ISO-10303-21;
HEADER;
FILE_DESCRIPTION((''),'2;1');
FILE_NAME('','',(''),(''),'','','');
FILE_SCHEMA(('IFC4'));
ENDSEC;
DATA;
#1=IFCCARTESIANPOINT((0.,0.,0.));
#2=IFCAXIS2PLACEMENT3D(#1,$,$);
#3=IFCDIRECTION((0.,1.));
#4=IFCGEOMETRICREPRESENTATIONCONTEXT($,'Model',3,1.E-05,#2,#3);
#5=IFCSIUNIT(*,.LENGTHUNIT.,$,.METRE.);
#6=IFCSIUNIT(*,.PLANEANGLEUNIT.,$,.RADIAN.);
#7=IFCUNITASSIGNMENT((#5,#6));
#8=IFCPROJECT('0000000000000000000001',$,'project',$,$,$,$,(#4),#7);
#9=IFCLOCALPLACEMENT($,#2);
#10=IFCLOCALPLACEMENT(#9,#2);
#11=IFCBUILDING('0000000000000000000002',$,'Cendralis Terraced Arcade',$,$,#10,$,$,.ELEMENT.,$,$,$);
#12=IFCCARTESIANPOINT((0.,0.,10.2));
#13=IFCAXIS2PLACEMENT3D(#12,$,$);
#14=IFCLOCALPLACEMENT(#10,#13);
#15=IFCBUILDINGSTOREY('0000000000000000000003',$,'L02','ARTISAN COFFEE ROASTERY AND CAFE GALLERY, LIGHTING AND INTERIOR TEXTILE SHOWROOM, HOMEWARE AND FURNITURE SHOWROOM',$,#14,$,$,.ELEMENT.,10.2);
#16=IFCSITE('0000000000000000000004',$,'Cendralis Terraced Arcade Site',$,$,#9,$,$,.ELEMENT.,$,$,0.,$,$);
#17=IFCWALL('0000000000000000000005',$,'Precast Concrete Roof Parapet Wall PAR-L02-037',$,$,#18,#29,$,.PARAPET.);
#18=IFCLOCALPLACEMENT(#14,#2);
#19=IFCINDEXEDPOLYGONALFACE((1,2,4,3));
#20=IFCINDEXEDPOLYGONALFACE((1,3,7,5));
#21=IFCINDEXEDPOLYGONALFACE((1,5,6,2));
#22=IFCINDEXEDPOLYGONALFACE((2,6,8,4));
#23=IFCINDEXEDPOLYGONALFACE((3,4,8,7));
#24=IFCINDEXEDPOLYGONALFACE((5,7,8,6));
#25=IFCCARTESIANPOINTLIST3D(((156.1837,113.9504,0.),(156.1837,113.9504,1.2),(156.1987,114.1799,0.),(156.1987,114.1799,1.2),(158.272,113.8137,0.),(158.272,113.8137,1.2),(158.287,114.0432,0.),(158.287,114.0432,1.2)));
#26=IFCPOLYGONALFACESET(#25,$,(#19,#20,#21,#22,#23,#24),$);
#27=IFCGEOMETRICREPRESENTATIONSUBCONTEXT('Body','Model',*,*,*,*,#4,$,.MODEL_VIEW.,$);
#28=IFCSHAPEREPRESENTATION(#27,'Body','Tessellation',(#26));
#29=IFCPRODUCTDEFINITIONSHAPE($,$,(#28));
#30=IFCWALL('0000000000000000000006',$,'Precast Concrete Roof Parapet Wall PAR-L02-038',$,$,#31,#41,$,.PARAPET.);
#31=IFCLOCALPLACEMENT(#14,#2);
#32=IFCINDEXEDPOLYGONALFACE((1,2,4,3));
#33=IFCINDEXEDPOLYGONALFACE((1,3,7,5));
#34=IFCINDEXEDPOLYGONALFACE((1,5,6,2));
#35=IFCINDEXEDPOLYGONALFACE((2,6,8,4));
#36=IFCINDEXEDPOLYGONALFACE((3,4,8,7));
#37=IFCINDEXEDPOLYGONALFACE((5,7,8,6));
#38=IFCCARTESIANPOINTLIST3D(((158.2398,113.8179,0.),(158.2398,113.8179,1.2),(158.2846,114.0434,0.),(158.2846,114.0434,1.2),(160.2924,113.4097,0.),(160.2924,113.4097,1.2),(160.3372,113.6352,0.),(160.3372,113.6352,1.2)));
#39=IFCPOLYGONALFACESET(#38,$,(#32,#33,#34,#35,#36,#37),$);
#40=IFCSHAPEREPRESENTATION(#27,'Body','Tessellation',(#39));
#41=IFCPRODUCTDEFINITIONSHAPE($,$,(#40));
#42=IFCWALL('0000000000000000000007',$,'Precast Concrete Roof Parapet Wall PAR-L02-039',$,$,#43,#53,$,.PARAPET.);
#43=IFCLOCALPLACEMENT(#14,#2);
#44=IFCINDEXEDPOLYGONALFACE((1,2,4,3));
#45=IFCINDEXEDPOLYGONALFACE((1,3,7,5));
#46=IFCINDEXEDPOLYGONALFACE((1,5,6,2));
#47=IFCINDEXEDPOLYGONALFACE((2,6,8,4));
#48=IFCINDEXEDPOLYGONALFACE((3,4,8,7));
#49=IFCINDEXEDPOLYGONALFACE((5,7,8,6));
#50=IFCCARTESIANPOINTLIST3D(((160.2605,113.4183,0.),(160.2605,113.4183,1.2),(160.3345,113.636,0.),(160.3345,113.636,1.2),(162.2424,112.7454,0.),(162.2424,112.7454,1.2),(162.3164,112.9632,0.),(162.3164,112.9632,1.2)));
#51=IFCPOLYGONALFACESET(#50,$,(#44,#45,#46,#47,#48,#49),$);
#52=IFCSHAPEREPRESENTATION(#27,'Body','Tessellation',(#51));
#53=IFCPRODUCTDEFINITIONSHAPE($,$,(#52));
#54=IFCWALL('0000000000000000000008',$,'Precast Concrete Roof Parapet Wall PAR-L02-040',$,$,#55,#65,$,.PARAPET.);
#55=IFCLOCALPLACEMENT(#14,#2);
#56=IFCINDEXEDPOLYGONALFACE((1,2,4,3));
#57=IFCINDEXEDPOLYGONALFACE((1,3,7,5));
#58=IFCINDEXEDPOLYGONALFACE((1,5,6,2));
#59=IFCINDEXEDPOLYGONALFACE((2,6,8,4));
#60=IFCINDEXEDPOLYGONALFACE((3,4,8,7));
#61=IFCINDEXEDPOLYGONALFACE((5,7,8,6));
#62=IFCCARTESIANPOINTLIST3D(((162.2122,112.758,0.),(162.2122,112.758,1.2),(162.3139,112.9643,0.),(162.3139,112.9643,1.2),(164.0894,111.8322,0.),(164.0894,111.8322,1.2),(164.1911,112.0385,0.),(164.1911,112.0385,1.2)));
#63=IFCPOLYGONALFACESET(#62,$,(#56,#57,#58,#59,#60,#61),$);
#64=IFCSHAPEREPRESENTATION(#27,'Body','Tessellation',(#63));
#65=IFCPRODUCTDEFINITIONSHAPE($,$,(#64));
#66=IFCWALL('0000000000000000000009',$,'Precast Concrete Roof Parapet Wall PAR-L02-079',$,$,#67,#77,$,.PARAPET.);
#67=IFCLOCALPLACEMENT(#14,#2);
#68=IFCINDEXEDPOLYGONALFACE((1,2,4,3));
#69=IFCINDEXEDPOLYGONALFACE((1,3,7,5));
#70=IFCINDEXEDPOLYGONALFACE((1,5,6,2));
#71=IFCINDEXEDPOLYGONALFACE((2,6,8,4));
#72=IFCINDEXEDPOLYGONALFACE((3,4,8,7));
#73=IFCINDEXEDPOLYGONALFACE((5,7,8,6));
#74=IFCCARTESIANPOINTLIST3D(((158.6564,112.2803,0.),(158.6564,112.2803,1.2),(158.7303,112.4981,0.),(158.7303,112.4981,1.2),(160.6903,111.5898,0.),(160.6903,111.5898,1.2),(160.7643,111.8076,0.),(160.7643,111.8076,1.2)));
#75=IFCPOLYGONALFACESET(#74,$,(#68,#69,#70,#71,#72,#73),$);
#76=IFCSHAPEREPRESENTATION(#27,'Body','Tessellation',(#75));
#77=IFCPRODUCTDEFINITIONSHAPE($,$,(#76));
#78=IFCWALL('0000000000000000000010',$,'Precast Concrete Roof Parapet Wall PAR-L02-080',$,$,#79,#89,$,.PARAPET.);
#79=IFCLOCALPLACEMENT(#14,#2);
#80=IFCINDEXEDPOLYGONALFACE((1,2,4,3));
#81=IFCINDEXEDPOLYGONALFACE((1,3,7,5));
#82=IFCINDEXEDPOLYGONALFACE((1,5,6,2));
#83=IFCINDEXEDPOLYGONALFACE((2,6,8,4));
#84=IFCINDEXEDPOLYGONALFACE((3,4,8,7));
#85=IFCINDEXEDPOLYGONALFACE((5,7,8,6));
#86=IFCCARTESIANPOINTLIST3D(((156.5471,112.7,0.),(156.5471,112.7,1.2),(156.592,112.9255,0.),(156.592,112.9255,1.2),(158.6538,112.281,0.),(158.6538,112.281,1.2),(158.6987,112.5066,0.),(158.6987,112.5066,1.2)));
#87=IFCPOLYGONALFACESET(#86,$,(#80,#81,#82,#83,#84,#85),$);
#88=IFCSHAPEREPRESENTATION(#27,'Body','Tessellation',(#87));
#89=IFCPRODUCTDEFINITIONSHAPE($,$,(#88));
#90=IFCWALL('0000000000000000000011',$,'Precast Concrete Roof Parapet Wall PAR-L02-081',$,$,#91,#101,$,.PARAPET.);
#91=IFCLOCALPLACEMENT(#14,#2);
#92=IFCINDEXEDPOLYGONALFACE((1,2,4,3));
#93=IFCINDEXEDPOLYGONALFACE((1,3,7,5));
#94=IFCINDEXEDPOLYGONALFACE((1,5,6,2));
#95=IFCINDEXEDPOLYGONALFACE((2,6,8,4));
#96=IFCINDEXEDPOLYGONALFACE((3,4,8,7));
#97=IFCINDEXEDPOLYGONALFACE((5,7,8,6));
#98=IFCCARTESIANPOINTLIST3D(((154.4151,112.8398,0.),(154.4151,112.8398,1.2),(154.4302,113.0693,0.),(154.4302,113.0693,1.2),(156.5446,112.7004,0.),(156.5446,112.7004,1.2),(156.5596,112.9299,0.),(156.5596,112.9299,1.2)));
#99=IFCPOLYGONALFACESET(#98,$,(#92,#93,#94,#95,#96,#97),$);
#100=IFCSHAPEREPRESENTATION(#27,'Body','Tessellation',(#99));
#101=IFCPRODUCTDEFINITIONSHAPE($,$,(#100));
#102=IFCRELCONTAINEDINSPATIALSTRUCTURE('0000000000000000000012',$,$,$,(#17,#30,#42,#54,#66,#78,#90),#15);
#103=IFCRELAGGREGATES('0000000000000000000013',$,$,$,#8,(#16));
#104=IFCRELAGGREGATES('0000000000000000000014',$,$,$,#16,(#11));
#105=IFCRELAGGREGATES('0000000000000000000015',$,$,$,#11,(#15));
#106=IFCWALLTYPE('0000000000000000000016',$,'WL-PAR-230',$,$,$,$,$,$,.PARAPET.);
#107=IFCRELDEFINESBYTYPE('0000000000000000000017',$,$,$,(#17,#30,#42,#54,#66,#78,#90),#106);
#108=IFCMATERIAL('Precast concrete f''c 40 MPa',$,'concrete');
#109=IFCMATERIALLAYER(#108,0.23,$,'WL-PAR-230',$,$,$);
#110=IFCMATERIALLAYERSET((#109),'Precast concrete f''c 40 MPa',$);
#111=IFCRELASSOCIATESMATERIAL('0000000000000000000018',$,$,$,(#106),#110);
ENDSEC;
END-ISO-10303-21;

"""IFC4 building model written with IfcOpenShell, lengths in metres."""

from ifc_helpers import new_model, si_unit, direction, frame, frame_2d, origin, place, context, subcontext, project, spatial, rectangle, extrude, material, layer, layer_set, type_object, element, save


model = new_model("IFC4")

# Units and contexts
model_context = context("Model", 3, precision=1e-05, world=origin(), true_north=direction((0.0, 1.0)))
body_context = subcontext(model_context, "Body", "Model", "MODEL_VIEW")
ifc_project = project(units=[si_unit("LENGTHUNIT", "METRE"), si_unit("PLANEANGLEUNIT", "RADIAN")], contexts=[model_context])

# Site, building, storey
site_placement = place(None, origin())
site = spatial("IfcSite", under=ifc_project, at=site_placement, Name="Cendralis Terraced Arcade Site", CompositionType="ELEMENT", RefElevation=0.0)
building_placement = place(site_placement, origin())
building = spatial("IfcBuilding", under=site, at=building_placement, Name="Cendralis Terraced Arcade", CompositionType="ELEMENT")
storey_placement = place(building_placement, frame((0.0, 0.0, 10.2)))
storey = spatial("IfcBuildingStorey", under=building, at=storey_placement, Name="L02", Description="ARTISAN COFFEE ROASTERY AND CAFE GALLERY, LIGHTING AND INTERIOR TEXTILE SHOWROOM, HOMEWARE AND FURNITURE SHOWROOM", CompositionType="ELEMENT", Elevation=10.2)

# Walls
ifc_material_1 = material(Name="Precast concrete f'c 40 MPa", Category="concrete")
ifc_layer_1 = layer(ifc_material_1, 0.23, Name="WL-PAR-230")
ifc_layer_set_1 = layer_set([ifc_layer_1], Name="Precast concrete f'c 40 MPa")
wall_type_1 = type_object("IfcWallType", Name="WL-PAR-230", PredefinedType="PARAPET", material=ifc_layer_set_1)
for number, where, z_axis, x_axis, name in (
    (1, (156.1912, 114.0652, 0.0), (0.0, 0.0, 1.0), (0.997864, -0.065327, 0.0), "Precast Concrete Roof Parapet Wall PAR-L02-037"),
    (2, (158.2622, 113.9307, 0.0), (0.0, 0.0, 1.0), (0.980791, -0.195062, 0.0), "Precast Concrete Roof Parapet Wall PAR-L02-038"),
):
    element("IfcWall", number, at=place(storey_placement, frame(where, z_axis=z_axis, x_axis=x_axis)), inside=storey, type_object=wall_type_1, Name=name, PredefinedType="PARAPET", context=body_context, shape_type="SweptSolid", body=[
        extrude(rectangle(XDim=2.0928, YDim=0.23, at=frame_2d((1.0464, 0.0))), origin(), (0.0, 0.0, 1.0), 1.2),
    ])
for number, where, z_axis, x_axis, name in (
    (3, (160.2976, 113.5271, 0.0), (0.0, 0.0, 1.0), (0.946919, -0.321472, 0.0), "Precast Concrete Roof Parapet Wall PAR-L02-039"),
    (4, (162.2632, 112.8611, 0.0), (0.0, 0.0, 1.0), (0.896863, -0.442308, 0.0), "Precast Concrete Roof Parapet Wall PAR-L02-040"),
):
    element("IfcWall", number, at=place(storey_placement, frame(where, z_axis=z_axis, x_axis=x_axis)), inside=storey, type_object=wall_type_1, Name=name, PredefinedType="PARAPET", context=body_context, shape_type="SweptSolid", body=[
        extrude(rectangle(XDim=2.093, YDim=0.23, at=frame_2d((1.0464, 0.0))), origin(), (0.0, 0.0, 1.0), 1.2),
    ])
for number, where, z_axis, x_axis, name in (
    (5, (160.7273, 111.6987, 0.0), (0.0, 0.0, 1.0), (-0.94693, 0.32144, 0.0), "Precast Concrete Roof Parapet Wall PAR-L02-079"),
    (6, (158.6763, 112.3938, 0.0), (0.0, 0.0, 1.0), (-0.980794, 0.195045, 0.0), "Precast Concrete Roof Parapet Wall PAR-L02-080"),
):
    element("IfcWall", number, at=place(storey_placement, frame(where, z_axis=z_axis, x_axis=x_axis)), inside=storey, type_object=wall_type_1, Name=name, PredefinedType="PARAPET", context=body_context, shape_type="SweptSolid", body=[
        extrude(rectangle(XDim=2.1479, YDim=0.23, at=frame_2d((1.074, 0.0))), origin(), (0.0, 0.0, 1.0), 1.2),
    ])
wall_1_placement = place(storey_placement, frame((156.552, 112.8152, 0.0), z_axis=(0.0, 0.0, 1.0), x_axis=(-0.997864, 0.065327, 0.0)))
element("IfcWall", 7, at=wall_1_placement, inside=storey, type_object=wall_type_1, Name="Precast Concrete Roof Parapet Wall PAR-L02-081", PredefinedType="PARAPET", context=body_context, shape_type="SweptSolid", body=[
    extrude(rectangle(XDim=2.134, YDim=0.23, at=frame_2d((1.0669, 0.0))), origin(), (0.0, 0.0, 1.0), 1.2),
])

save(model, "model.ifc")
